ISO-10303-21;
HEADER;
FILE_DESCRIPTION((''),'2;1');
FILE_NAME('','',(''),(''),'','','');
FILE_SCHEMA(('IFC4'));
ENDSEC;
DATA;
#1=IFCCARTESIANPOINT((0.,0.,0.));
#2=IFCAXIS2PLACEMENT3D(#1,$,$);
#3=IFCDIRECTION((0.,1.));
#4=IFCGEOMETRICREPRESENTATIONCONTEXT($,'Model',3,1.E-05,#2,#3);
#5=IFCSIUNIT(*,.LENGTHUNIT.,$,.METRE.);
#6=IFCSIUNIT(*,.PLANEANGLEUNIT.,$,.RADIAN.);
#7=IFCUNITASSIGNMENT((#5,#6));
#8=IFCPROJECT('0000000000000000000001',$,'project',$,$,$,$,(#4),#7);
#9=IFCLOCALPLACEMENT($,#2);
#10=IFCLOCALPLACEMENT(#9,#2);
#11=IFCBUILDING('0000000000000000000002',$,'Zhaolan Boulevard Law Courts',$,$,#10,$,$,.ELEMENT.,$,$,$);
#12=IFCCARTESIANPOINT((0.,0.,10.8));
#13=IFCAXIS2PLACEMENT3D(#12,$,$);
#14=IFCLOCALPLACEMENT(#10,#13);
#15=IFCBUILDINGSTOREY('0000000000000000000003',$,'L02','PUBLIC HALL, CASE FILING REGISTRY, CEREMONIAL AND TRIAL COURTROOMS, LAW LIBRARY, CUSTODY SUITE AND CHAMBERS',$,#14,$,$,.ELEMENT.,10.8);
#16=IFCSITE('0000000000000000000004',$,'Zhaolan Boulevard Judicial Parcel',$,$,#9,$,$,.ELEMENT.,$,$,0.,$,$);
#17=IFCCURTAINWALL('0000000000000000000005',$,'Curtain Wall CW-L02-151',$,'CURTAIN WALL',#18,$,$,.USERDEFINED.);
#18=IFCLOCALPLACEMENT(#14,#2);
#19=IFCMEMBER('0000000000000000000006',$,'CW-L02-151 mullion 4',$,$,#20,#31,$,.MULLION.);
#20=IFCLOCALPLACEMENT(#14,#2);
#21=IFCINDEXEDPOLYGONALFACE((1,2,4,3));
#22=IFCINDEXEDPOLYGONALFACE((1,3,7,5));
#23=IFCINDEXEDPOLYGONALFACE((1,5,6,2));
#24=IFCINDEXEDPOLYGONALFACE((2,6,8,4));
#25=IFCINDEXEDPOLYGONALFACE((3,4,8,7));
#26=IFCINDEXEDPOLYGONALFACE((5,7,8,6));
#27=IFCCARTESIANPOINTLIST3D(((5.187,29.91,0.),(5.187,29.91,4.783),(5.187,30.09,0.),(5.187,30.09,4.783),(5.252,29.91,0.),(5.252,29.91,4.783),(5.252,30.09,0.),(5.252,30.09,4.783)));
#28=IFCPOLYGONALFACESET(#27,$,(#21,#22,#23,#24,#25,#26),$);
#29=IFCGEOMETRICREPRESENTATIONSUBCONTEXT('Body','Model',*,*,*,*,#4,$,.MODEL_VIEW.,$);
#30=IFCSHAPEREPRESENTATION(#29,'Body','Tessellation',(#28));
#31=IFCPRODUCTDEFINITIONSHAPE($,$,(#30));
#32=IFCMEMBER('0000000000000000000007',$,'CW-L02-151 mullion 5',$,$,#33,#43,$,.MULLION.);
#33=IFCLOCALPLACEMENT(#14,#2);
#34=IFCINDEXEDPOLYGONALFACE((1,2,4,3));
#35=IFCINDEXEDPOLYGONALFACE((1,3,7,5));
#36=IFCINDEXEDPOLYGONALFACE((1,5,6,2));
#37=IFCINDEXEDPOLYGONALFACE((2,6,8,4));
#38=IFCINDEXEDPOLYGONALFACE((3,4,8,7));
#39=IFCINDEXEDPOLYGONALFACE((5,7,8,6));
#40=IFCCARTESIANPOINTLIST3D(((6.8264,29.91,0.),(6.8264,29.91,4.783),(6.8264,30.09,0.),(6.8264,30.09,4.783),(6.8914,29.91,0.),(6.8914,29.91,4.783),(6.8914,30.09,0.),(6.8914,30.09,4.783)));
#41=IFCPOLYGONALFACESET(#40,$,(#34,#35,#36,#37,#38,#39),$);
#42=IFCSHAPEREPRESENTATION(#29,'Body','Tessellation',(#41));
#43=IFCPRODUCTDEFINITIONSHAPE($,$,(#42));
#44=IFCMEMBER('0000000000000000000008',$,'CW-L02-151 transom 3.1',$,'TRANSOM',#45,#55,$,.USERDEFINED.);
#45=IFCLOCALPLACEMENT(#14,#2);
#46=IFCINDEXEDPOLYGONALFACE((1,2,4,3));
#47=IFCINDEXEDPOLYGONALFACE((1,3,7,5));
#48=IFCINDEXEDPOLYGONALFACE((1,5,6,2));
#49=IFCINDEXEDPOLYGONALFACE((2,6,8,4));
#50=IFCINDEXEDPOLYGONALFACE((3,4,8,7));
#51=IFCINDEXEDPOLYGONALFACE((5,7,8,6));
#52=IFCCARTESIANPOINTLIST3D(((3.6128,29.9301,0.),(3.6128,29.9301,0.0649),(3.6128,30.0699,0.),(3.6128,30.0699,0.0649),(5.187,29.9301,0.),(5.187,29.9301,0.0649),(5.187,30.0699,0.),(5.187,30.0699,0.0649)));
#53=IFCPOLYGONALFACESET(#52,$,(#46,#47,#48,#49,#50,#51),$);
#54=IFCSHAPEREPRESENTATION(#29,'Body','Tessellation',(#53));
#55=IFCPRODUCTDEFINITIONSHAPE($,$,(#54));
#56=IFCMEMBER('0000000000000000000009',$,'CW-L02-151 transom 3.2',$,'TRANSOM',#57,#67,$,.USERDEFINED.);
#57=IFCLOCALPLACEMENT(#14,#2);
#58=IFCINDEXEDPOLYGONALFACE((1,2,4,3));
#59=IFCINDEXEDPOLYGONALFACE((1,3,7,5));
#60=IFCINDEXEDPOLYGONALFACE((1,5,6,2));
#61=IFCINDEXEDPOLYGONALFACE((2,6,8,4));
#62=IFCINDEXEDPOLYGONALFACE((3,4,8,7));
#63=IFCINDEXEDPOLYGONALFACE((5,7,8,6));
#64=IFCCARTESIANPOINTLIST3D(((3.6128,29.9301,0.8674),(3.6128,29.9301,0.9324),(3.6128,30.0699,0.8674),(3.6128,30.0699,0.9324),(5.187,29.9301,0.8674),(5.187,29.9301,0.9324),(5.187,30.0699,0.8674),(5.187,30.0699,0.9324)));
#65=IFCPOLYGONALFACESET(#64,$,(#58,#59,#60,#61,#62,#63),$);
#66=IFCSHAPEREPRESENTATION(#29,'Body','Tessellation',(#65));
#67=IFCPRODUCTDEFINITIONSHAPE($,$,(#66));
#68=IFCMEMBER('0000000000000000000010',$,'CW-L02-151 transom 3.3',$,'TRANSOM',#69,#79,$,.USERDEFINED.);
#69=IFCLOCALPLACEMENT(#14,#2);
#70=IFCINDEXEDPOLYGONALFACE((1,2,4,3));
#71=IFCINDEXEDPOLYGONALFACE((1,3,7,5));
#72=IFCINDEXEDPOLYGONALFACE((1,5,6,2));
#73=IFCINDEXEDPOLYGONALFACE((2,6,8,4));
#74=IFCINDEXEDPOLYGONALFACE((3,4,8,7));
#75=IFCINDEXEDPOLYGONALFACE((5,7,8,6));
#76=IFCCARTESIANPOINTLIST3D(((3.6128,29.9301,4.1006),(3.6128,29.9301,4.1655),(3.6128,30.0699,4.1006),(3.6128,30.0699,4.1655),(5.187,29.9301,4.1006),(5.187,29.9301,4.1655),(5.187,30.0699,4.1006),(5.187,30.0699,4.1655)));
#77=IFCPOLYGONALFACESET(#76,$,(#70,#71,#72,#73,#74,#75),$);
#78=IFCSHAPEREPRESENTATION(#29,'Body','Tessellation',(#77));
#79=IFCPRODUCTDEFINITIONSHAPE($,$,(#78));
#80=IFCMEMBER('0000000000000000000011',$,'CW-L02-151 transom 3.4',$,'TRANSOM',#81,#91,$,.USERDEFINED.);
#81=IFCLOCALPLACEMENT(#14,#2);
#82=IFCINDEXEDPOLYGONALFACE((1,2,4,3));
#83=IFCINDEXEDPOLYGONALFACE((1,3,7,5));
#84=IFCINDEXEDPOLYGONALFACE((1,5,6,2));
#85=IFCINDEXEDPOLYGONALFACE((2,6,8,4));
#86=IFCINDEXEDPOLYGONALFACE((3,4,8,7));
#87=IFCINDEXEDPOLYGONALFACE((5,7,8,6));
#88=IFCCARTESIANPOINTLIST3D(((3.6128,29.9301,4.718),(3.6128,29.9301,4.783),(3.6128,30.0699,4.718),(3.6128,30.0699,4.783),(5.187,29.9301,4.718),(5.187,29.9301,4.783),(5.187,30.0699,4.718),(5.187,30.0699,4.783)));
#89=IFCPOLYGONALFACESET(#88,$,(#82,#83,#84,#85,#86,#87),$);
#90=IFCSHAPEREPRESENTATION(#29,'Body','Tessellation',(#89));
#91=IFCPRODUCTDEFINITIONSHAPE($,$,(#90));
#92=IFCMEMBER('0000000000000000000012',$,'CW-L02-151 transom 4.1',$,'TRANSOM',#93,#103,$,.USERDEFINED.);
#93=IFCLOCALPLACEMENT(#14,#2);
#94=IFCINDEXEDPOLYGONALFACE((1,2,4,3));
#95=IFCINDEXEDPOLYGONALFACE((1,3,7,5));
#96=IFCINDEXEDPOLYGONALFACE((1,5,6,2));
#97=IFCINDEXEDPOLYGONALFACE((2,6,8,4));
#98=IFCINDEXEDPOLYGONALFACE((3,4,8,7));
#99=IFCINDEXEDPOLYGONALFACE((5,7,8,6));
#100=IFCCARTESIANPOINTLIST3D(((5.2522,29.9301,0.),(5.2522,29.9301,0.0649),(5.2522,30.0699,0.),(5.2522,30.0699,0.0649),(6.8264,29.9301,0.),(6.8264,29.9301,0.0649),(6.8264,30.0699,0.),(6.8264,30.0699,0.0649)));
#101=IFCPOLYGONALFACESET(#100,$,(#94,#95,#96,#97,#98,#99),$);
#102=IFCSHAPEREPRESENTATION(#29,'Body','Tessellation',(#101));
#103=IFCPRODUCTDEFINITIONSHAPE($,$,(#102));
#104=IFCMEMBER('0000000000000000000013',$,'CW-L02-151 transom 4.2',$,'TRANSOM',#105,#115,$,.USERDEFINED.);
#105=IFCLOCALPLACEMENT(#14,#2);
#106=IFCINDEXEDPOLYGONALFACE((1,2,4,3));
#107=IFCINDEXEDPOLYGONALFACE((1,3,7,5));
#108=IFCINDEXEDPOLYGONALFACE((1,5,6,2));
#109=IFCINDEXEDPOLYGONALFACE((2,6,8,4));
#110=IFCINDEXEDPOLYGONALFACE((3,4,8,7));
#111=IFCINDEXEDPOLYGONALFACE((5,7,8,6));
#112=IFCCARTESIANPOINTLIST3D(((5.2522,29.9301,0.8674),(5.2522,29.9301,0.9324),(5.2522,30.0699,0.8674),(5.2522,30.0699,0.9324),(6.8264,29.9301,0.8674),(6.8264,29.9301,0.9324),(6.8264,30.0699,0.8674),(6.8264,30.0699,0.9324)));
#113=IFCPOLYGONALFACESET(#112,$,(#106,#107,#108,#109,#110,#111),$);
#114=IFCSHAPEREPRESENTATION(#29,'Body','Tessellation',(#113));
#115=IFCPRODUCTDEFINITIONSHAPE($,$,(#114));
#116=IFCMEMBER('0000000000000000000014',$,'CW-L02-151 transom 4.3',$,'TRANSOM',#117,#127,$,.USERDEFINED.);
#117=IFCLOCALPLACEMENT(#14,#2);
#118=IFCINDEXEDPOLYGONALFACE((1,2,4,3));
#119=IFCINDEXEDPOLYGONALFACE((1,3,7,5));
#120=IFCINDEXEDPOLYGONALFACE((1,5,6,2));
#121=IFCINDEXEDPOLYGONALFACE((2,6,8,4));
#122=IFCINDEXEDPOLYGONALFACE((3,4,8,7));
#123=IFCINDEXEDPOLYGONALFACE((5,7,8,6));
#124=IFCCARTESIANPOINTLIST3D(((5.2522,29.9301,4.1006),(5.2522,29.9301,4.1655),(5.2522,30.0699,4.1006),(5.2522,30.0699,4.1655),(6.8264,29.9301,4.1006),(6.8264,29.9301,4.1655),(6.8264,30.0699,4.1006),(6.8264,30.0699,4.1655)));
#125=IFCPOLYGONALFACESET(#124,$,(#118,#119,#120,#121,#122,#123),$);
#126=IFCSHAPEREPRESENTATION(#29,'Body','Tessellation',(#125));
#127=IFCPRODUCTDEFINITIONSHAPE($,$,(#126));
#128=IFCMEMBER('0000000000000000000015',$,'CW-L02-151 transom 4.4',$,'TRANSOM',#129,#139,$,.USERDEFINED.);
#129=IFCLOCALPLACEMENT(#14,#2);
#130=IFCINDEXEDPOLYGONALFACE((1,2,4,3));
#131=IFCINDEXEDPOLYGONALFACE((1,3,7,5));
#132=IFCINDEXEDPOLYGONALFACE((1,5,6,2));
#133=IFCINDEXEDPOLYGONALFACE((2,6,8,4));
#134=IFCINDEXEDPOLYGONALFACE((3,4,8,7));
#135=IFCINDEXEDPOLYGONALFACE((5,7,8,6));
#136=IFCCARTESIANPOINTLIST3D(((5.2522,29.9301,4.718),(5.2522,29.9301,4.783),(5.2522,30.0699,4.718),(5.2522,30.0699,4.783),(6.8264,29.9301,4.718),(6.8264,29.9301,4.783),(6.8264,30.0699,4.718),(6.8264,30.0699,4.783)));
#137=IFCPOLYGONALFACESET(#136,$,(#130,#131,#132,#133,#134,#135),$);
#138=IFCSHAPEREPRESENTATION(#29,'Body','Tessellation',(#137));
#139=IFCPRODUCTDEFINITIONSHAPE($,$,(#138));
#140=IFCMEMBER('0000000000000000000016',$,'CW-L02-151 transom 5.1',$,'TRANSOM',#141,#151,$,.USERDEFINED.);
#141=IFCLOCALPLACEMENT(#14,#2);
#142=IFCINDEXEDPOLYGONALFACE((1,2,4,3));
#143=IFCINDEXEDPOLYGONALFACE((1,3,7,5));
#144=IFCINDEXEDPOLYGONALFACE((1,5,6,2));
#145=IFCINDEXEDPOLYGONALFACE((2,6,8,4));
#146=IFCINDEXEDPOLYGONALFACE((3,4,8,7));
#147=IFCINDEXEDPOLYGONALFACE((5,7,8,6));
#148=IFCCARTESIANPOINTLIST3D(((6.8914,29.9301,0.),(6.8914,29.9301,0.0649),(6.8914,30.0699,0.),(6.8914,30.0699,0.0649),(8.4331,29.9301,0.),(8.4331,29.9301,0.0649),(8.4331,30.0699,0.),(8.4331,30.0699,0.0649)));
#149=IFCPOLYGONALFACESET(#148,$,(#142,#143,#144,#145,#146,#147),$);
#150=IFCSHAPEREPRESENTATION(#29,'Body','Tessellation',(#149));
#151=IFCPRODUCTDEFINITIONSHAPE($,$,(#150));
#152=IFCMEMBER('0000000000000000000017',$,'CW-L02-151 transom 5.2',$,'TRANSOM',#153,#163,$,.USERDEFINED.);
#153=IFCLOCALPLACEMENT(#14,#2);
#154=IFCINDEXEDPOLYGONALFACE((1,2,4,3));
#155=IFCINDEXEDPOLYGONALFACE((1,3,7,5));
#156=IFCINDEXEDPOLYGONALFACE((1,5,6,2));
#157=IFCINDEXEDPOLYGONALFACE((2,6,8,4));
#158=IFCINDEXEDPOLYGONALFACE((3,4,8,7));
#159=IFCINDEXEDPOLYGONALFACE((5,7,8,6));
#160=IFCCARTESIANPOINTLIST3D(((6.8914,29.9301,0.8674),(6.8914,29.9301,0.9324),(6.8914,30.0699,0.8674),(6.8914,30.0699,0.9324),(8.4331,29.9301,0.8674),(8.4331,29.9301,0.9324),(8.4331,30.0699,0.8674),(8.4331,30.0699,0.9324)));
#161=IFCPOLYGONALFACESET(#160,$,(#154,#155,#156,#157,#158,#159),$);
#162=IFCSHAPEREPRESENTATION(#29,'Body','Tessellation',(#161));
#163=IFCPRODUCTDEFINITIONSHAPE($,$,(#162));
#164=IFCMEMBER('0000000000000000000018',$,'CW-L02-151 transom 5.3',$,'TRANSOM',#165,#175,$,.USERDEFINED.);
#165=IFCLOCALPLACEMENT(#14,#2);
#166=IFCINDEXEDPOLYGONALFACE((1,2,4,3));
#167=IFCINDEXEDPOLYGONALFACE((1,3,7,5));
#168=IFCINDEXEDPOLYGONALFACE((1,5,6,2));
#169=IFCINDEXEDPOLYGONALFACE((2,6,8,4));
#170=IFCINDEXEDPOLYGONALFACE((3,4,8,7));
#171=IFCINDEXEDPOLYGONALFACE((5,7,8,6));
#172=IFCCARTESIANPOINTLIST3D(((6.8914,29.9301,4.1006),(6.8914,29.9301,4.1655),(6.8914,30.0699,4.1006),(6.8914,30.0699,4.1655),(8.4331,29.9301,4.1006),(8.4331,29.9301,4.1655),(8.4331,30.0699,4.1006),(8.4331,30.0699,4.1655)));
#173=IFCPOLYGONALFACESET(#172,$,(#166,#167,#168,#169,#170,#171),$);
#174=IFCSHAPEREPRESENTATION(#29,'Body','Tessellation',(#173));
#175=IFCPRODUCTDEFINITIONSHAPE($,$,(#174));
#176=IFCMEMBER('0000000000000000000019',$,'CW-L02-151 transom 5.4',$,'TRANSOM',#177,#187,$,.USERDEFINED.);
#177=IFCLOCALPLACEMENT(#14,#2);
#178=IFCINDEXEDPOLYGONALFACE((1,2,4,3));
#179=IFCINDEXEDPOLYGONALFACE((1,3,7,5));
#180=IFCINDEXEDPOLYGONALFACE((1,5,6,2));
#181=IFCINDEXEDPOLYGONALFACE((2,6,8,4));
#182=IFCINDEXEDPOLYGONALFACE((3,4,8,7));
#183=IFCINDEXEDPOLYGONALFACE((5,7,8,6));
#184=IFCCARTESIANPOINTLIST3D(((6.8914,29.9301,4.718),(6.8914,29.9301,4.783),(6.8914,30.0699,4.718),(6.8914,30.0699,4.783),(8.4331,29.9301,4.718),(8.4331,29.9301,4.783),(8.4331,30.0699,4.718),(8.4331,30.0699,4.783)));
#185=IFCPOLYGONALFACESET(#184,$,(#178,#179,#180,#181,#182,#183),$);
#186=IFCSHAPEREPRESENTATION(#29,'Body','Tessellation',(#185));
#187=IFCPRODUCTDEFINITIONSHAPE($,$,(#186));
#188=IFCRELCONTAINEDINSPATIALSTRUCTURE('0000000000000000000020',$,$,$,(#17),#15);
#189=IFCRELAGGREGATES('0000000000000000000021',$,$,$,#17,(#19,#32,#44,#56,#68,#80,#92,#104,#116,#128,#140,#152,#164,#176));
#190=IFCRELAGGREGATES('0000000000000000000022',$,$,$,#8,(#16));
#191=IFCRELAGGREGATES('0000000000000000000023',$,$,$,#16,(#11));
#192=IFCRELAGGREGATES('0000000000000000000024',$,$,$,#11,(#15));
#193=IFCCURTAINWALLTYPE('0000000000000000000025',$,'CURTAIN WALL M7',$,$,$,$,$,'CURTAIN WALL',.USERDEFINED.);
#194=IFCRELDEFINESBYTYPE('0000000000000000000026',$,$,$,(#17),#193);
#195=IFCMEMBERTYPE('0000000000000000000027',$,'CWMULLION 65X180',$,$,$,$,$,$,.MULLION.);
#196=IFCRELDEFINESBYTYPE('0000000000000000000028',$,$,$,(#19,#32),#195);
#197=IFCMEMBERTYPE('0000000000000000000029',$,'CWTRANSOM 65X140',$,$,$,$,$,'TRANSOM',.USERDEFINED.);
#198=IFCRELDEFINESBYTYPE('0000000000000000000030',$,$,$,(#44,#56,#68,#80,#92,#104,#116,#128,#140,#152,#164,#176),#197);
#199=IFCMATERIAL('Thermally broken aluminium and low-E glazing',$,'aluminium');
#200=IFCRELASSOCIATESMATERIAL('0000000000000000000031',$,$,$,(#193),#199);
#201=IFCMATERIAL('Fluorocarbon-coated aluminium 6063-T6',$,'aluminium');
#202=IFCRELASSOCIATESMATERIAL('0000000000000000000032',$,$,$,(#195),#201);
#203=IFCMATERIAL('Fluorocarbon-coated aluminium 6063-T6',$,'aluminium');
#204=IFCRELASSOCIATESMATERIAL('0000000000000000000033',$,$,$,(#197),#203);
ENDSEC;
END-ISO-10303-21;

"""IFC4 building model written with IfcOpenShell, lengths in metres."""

from ifc_helpers import new_model, si_unit, direction, frame, origin, origin_2d, place, context, subcontext, project, spatial, rectangle, extrude, material, material_profile, profile_set, type_object, element, aggregate, save


model = new_model("IFC4")

# Units and contexts
model_context = context("Model", 3, precision=1e-05, world=origin(), true_north=direction((0.0, 1.0)))
body_context = subcontext(model_context, "Body", "Model", "MODEL_VIEW")
ifc_project = project(units=[si_unit("LENGTHUNIT", "METRE"), si_unit("PLANEANGLEUNIT", "RADIAN")], contexts=[model_context])

# Site, building, storey
site_placement = place(None, origin())
site = spatial("IfcSite", under=ifc_project, at=site_placement, Name="Zhaolan Boulevard Judicial Parcel", CompositionType="ELEMENT", RefElevation=0.0)
building_placement = place(site_placement, origin())
building = spatial("IfcBuilding", under=site, at=building_placement, Name="Zhaolan Boulevard Law Courts", CompositionType="ELEMENT")
storey_placement = place(building_placement, frame((0.0, 0.0, 10.8)))
storey = spatial("IfcBuildingStorey", under=building, at=storey_placement, Name="L02", Description="PUBLIC HALL, CASE FILING REGISTRY, CEREMONIAL AND TRIAL COURTROOMS, LAW LIBRARY, CUSTODY SUITE AND CHAMBERS", CompositionType="ELEMENT", Elevation=10.8)

# Curtain wall, members
ifc_material_1 = material(Name="Thermally broken aluminium and low-E glazing", Category="aluminium")
curtain_wall_type = type_object("IfcCurtainWallType", Name="CURTAIN WALL M7", ElementType="CURTAIN WALL", PredefinedType="USERDEFINED", material=ifc_material_1)
curtain_wall_placement = place(storey_placement, origin())
curtain_wall = element("IfcCurtainWall", 1, at=curtain_wall_placement, inside=storey, type_object=curtain_wall_type, Name="Curtain Wall CW-L02-151", ObjectType="CURTAIN WALL", PredefinedType="USERDEFINED")
ifc_material_2 = material(Name="Fluorocarbon-coated aluminium 6063-T6", Category="aluminium")
ifc_material_profile_1 = material_profile(ifc_material_2, rectangle(XDim=0.1799, YDim=0.0649, at=origin_2d()), Name="AL65x180")
ifc_profile_set_1 = profile_set([ifc_material_profile_1], Name="Fluorocarbon-coated aluminium 6063-T6")
member_type_1 = type_object("IfcMemberType", Name="CWMULLION 65X180", PredefinedType="MULLION", material=ifc_profile_set_1)
member_1_placement = place(storey_placement, frame((5.2195, 30.0, 0.0), z_axis=(0.0, 0.0, 1.0), x_axis=(0.0, 1.0, 0.0)))
member_1 = element("IfcMember", 2, at=member_1_placement, type_object=member_type_1, Name="CW-L02-151 mullion 4", PredefinedType="MULLION", context=body_context, shape_type="SweptSolid", body=[
    extrude(rectangle(XDim=0.1799, YDim=0.0649, at=origin_2d()), origin(), (0.0, 0.0, 1.0), 4.783),
])
member_2_placement = place(storey_placement, frame((6.8589, 30.0, 0.0), z_axis=(0.0, 0.0, 1.0), x_axis=(0.0, 1.0, 0.0)))
member_2 = element("IfcMember", 3, at=member_2_placement, type_object=member_type_1, Name="CW-L02-151 mullion 5", PredefinedType="MULLION", context=body_context, shape_type="SweptSolid", body=[
    extrude(rectangle(XDim=0.1799, YDim=0.0649, at=origin_2d()), origin(), (0.0, 0.0, 1.0), 4.783),
])
ifc_material_3 = material(Name="Fluorocarbon-coated aluminium 6063-T6", Category="aluminium")
ifc_material_profile_2 = material_profile(ifc_material_3, rectangle(XDim=0.1399, YDim=0.0649, at=origin_2d()), Name="AL65x140")
ifc_profile_set_2 = profile_set([ifc_material_profile_2], Name="Fluorocarbon-coated aluminium 6063-T6")
member_type_2 = type_object("IfcMemberType", Name="CWTRANSOM 65X140", ElementType="TRANSOM", PredefinedType="USERDEFINED", material=ifc_profile_set_2)
member_3_placement = place(storey_placement, frame((3.6128, 30.0, 0.0325), z_axis=(1.0, 0.0, 0.0), x_axis=(0.0, 1.0, 0.0)))
member_3 = element("IfcMember", 4, at=member_3_placement, type_object=member_type_2, Name="CW-L02-151 transom 3.1", ObjectType="TRANSOM", PredefinedType="USERDEFINED", context=body_context, shape_type="SweptSolid", body=[
    extrude(rectangle(XDim=0.1399, YDim=0.0649, at=origin_2d()), origin(), (0.0, 0.0, 1.0), 1.5742),
])
member_4_placement = place(storey_placement, frame((3.6128, 30.0, 0.8999), z_axis=(1.0, 0.0, 0.0), x_axis=(0.0, 1.0, 0.0)))
member_4 = element("IfcMember", 5, at=member_4_placement, type_object=member_type_2, Name="CW-L02-151 transom 3.2", ObjectType="TRANSOM", PredefinedType="USERDEFINED", context=body_context, shape_type="SweptSolid", body=[
    extrude(rectangle(XDim=0.1399, YDim=0.0649, at=origin_2d()), origin(), (0.0, 0.0, 1.0), 1.5742),
])
member_5_placement = place(storey_placement, frame((3.6128, 30.0, 4.1331), z_axis=(1.0, 0.0, 0.0), x_axis=(0.0, 1.0, 0.0)))
member_5 = element("IfcMember", 6, at=member_5_placement, type_object=member_type_2, Name="CW-L02-151 transom 3.3", ObjectType="TRANSOM", PredefinedType="USERDEFINED", context=body_context, shape_type="SweptSolid", body=[
    extrude(rectangle(XDim=0.1399, YDim=0.0649, at=origin_2d()), origin(), (0.0, 0.0, 1.0), 1.5742),
])
member_6_placement = place(storey_placement, frame((3.6128, 30.0, 4.7505), z_axis=(1.0, 0.0, 0.0), x_axis=(0.0, 1.0, 0.0)))
member_6 = element("IfcMember", 7, at=member_6_placement, type_object=member_type_2, Name="CW-L02-151 transom 3.4", ObjectType="TRANSOM", PredefinedType="USERDEFINED", context=body_context, shape_type="SweptSolid", body=[
    extrude(rectangle(XDim=0.1399, YDim=0.0649, at=origin_2d()), origin(), (0.0, 0.0, 1.0), 1.5742),
])
member_7_placement = place(storey_placement, frame((5.2522, 30.0, 0.0325), z_axis=(1.0, 0.0, 0.0), x_axis=(0.0, 1.0, 0.0)))
member_7 = element("IfcMember", 8, at=member_7_placement, type_object=member_type_2, Name="CW-L02-151 transom 4.1", ObjectType="TRANSOM", PredefinedType="USERDEFINED", context=body_context, shape_type="SweptSolid", body=[
    extrude(rectangle(XDim=0.1399, YDim=0.0649, at=origin_2d()), origin(), (0.0, 0.0, 1.0), 1.5742),
])
member_8_placement = place(storey_placement, frame((5.2522, 30.0, 0.8999), z_axis=(1.0, 0.0, 0.0), x_axis=(0.0, 1.0, 0.0)))
member_8 = element("IfcMember", 9, at=member_8_placement, type_object=member_type_2, Name="CW-L02-151 transom 4.2", ObjectType="TRANSOM", PredefinedType="USERDEFINED", context=body_context, shape_type="SweptSolid", body=[
    extrude(rectangle(XDim=0.1399, YDim=0.0649, at=origin_2d()), origin(), (0.0, 0.0, 1.0), 1.5742),
])
member_9_placement = place(storey_placement, frame((5.2522, 30.0, 4.1331), z_axis=(1.0, 0.0, 0.0), x_axis=(0.0, 1.0, 0.0)))
member_9 = element("IfcMember", 10, at=member_9_placement, type_object=member_type_2, Name="CW-L02-151 transom 4.3", ObjectType="TRANSOM", PredefinedType="USERDEFINED", context=body_context, shape_type="SweptSolid", body=[
    extrude(rectangle(XDim=0.1399, YDim=0.0649, at=origin_2d()), origin(), (0.0, 0.0, 1.0), 1.5742),
])
member_10_placement = place(storey_placement, frame((5.2522, 30.0, 4.7505), z_axis=(1.0, 0.0, 0.0), x_axis=(0.0, 1.0, 0.0)))
member_10 = element("IfcMember", 11, at=member_10_placement, type_object=member_type_2, Name="CW-L02-151 transom 4.4", ObjectType="TRANSOM", PredefinedType="USERDEFINED", context=body_context, shape_type="SweptSolid", body=[
    extrude(rectangle(XDim=0.1399, YDim=0.0649, at=origin_2d()), origin(), (0.0, 0.0, 1.0), 1.5742),
])
member_11_placement = place(storey_placement, frame((6.8914, 30.0, 0.0325), z_axis=(1.0, 0.0, 0.0), x_axis=(0.0, 1.0, 0.0)))
member_11 = element("IfcMember", 12, at=member_11_placement, type_object=member_type_2, Name="CW-L02-151 transom 5.1", ObjectType="TRANSOM", PredefinedType="USERDEFINED", context=body_context, shape_type="SweptSolid", body=[
    extrude(rectangle(XDim=0.1399, YDim=0.0649, at=origin_2d()), origin(), (0.0, 0.0, 1.0), 1.5417),
])
member_12_placement = place(storey_placement, frame((6.8914, 30.0, 0.8999), z_axis=(1.0, 0.0, 0.0), x_axis=(0.0, 1.0, 0.0)))
member_12 = element("IfcMember", 13, at=member_12_placement, type_object=member_type_2, Name="CW-L02-151 transom 5.2", ObjectType="TRANSOM", PredefinedType="USERDEFINED", context=body_context, shape_type="SweptSolid", body=[
    extrude(rectangle(XDim=0.1399, YDim=0.0649, at=origin_2d()), origin(), (0.0, 0.0, 1.0), 1.5417),
])
member_13_placement = place(storey_placement, frame((6.8914, 30.0, 4.1331), z_axis=(1.0, 0.0, 0.0), x_axis=(0.0, 1.0, 0.0)))
member_13 = element("IfcMember", 14, at=member_13_placement, type_object=member_type_2, Name="CW-L02-151 transom 5.3", ObjectType="TRANSOM", PredefinedType="USERDEFINED", context=body_context, shape_type="SweptSolid", body=[
    extrude(rectangle(XDim=0.1399, YDim=0.0649, at=origin_2d()), origin(), (0.0, 0.0, 1.0), 1.5417),
])
member_14_placement = place(storey_placement, frame((6.8914, 30.0, 4.7505), z_axis=(1.0, 0.0, 0.0), x_axis=(0.0, 1.0, 0.0)))
member_14 = element("IfcMember", 15, at=member_14_placement, type_object=member_type_2, Name="CW-L02-151 transom 5.4", ObjectType="TRANSOM", PredefinedType="USERDEFINED", context=body_context, shape_type="SweptSolid", body=[
    extrude(rectangle(XDim=0.1399, YDim=0.0649, at=origin_2d()), origin(), (0.0, 0.0, 1.0), 1.5417),
])
aggregate(curtain_wall, [member_1, member_2, member_3, member_4, member_5, member_6, member_7, member_8, member_9, member_10, member_11, member_12, member_13, member_14])

save(model, "model.ifc")
